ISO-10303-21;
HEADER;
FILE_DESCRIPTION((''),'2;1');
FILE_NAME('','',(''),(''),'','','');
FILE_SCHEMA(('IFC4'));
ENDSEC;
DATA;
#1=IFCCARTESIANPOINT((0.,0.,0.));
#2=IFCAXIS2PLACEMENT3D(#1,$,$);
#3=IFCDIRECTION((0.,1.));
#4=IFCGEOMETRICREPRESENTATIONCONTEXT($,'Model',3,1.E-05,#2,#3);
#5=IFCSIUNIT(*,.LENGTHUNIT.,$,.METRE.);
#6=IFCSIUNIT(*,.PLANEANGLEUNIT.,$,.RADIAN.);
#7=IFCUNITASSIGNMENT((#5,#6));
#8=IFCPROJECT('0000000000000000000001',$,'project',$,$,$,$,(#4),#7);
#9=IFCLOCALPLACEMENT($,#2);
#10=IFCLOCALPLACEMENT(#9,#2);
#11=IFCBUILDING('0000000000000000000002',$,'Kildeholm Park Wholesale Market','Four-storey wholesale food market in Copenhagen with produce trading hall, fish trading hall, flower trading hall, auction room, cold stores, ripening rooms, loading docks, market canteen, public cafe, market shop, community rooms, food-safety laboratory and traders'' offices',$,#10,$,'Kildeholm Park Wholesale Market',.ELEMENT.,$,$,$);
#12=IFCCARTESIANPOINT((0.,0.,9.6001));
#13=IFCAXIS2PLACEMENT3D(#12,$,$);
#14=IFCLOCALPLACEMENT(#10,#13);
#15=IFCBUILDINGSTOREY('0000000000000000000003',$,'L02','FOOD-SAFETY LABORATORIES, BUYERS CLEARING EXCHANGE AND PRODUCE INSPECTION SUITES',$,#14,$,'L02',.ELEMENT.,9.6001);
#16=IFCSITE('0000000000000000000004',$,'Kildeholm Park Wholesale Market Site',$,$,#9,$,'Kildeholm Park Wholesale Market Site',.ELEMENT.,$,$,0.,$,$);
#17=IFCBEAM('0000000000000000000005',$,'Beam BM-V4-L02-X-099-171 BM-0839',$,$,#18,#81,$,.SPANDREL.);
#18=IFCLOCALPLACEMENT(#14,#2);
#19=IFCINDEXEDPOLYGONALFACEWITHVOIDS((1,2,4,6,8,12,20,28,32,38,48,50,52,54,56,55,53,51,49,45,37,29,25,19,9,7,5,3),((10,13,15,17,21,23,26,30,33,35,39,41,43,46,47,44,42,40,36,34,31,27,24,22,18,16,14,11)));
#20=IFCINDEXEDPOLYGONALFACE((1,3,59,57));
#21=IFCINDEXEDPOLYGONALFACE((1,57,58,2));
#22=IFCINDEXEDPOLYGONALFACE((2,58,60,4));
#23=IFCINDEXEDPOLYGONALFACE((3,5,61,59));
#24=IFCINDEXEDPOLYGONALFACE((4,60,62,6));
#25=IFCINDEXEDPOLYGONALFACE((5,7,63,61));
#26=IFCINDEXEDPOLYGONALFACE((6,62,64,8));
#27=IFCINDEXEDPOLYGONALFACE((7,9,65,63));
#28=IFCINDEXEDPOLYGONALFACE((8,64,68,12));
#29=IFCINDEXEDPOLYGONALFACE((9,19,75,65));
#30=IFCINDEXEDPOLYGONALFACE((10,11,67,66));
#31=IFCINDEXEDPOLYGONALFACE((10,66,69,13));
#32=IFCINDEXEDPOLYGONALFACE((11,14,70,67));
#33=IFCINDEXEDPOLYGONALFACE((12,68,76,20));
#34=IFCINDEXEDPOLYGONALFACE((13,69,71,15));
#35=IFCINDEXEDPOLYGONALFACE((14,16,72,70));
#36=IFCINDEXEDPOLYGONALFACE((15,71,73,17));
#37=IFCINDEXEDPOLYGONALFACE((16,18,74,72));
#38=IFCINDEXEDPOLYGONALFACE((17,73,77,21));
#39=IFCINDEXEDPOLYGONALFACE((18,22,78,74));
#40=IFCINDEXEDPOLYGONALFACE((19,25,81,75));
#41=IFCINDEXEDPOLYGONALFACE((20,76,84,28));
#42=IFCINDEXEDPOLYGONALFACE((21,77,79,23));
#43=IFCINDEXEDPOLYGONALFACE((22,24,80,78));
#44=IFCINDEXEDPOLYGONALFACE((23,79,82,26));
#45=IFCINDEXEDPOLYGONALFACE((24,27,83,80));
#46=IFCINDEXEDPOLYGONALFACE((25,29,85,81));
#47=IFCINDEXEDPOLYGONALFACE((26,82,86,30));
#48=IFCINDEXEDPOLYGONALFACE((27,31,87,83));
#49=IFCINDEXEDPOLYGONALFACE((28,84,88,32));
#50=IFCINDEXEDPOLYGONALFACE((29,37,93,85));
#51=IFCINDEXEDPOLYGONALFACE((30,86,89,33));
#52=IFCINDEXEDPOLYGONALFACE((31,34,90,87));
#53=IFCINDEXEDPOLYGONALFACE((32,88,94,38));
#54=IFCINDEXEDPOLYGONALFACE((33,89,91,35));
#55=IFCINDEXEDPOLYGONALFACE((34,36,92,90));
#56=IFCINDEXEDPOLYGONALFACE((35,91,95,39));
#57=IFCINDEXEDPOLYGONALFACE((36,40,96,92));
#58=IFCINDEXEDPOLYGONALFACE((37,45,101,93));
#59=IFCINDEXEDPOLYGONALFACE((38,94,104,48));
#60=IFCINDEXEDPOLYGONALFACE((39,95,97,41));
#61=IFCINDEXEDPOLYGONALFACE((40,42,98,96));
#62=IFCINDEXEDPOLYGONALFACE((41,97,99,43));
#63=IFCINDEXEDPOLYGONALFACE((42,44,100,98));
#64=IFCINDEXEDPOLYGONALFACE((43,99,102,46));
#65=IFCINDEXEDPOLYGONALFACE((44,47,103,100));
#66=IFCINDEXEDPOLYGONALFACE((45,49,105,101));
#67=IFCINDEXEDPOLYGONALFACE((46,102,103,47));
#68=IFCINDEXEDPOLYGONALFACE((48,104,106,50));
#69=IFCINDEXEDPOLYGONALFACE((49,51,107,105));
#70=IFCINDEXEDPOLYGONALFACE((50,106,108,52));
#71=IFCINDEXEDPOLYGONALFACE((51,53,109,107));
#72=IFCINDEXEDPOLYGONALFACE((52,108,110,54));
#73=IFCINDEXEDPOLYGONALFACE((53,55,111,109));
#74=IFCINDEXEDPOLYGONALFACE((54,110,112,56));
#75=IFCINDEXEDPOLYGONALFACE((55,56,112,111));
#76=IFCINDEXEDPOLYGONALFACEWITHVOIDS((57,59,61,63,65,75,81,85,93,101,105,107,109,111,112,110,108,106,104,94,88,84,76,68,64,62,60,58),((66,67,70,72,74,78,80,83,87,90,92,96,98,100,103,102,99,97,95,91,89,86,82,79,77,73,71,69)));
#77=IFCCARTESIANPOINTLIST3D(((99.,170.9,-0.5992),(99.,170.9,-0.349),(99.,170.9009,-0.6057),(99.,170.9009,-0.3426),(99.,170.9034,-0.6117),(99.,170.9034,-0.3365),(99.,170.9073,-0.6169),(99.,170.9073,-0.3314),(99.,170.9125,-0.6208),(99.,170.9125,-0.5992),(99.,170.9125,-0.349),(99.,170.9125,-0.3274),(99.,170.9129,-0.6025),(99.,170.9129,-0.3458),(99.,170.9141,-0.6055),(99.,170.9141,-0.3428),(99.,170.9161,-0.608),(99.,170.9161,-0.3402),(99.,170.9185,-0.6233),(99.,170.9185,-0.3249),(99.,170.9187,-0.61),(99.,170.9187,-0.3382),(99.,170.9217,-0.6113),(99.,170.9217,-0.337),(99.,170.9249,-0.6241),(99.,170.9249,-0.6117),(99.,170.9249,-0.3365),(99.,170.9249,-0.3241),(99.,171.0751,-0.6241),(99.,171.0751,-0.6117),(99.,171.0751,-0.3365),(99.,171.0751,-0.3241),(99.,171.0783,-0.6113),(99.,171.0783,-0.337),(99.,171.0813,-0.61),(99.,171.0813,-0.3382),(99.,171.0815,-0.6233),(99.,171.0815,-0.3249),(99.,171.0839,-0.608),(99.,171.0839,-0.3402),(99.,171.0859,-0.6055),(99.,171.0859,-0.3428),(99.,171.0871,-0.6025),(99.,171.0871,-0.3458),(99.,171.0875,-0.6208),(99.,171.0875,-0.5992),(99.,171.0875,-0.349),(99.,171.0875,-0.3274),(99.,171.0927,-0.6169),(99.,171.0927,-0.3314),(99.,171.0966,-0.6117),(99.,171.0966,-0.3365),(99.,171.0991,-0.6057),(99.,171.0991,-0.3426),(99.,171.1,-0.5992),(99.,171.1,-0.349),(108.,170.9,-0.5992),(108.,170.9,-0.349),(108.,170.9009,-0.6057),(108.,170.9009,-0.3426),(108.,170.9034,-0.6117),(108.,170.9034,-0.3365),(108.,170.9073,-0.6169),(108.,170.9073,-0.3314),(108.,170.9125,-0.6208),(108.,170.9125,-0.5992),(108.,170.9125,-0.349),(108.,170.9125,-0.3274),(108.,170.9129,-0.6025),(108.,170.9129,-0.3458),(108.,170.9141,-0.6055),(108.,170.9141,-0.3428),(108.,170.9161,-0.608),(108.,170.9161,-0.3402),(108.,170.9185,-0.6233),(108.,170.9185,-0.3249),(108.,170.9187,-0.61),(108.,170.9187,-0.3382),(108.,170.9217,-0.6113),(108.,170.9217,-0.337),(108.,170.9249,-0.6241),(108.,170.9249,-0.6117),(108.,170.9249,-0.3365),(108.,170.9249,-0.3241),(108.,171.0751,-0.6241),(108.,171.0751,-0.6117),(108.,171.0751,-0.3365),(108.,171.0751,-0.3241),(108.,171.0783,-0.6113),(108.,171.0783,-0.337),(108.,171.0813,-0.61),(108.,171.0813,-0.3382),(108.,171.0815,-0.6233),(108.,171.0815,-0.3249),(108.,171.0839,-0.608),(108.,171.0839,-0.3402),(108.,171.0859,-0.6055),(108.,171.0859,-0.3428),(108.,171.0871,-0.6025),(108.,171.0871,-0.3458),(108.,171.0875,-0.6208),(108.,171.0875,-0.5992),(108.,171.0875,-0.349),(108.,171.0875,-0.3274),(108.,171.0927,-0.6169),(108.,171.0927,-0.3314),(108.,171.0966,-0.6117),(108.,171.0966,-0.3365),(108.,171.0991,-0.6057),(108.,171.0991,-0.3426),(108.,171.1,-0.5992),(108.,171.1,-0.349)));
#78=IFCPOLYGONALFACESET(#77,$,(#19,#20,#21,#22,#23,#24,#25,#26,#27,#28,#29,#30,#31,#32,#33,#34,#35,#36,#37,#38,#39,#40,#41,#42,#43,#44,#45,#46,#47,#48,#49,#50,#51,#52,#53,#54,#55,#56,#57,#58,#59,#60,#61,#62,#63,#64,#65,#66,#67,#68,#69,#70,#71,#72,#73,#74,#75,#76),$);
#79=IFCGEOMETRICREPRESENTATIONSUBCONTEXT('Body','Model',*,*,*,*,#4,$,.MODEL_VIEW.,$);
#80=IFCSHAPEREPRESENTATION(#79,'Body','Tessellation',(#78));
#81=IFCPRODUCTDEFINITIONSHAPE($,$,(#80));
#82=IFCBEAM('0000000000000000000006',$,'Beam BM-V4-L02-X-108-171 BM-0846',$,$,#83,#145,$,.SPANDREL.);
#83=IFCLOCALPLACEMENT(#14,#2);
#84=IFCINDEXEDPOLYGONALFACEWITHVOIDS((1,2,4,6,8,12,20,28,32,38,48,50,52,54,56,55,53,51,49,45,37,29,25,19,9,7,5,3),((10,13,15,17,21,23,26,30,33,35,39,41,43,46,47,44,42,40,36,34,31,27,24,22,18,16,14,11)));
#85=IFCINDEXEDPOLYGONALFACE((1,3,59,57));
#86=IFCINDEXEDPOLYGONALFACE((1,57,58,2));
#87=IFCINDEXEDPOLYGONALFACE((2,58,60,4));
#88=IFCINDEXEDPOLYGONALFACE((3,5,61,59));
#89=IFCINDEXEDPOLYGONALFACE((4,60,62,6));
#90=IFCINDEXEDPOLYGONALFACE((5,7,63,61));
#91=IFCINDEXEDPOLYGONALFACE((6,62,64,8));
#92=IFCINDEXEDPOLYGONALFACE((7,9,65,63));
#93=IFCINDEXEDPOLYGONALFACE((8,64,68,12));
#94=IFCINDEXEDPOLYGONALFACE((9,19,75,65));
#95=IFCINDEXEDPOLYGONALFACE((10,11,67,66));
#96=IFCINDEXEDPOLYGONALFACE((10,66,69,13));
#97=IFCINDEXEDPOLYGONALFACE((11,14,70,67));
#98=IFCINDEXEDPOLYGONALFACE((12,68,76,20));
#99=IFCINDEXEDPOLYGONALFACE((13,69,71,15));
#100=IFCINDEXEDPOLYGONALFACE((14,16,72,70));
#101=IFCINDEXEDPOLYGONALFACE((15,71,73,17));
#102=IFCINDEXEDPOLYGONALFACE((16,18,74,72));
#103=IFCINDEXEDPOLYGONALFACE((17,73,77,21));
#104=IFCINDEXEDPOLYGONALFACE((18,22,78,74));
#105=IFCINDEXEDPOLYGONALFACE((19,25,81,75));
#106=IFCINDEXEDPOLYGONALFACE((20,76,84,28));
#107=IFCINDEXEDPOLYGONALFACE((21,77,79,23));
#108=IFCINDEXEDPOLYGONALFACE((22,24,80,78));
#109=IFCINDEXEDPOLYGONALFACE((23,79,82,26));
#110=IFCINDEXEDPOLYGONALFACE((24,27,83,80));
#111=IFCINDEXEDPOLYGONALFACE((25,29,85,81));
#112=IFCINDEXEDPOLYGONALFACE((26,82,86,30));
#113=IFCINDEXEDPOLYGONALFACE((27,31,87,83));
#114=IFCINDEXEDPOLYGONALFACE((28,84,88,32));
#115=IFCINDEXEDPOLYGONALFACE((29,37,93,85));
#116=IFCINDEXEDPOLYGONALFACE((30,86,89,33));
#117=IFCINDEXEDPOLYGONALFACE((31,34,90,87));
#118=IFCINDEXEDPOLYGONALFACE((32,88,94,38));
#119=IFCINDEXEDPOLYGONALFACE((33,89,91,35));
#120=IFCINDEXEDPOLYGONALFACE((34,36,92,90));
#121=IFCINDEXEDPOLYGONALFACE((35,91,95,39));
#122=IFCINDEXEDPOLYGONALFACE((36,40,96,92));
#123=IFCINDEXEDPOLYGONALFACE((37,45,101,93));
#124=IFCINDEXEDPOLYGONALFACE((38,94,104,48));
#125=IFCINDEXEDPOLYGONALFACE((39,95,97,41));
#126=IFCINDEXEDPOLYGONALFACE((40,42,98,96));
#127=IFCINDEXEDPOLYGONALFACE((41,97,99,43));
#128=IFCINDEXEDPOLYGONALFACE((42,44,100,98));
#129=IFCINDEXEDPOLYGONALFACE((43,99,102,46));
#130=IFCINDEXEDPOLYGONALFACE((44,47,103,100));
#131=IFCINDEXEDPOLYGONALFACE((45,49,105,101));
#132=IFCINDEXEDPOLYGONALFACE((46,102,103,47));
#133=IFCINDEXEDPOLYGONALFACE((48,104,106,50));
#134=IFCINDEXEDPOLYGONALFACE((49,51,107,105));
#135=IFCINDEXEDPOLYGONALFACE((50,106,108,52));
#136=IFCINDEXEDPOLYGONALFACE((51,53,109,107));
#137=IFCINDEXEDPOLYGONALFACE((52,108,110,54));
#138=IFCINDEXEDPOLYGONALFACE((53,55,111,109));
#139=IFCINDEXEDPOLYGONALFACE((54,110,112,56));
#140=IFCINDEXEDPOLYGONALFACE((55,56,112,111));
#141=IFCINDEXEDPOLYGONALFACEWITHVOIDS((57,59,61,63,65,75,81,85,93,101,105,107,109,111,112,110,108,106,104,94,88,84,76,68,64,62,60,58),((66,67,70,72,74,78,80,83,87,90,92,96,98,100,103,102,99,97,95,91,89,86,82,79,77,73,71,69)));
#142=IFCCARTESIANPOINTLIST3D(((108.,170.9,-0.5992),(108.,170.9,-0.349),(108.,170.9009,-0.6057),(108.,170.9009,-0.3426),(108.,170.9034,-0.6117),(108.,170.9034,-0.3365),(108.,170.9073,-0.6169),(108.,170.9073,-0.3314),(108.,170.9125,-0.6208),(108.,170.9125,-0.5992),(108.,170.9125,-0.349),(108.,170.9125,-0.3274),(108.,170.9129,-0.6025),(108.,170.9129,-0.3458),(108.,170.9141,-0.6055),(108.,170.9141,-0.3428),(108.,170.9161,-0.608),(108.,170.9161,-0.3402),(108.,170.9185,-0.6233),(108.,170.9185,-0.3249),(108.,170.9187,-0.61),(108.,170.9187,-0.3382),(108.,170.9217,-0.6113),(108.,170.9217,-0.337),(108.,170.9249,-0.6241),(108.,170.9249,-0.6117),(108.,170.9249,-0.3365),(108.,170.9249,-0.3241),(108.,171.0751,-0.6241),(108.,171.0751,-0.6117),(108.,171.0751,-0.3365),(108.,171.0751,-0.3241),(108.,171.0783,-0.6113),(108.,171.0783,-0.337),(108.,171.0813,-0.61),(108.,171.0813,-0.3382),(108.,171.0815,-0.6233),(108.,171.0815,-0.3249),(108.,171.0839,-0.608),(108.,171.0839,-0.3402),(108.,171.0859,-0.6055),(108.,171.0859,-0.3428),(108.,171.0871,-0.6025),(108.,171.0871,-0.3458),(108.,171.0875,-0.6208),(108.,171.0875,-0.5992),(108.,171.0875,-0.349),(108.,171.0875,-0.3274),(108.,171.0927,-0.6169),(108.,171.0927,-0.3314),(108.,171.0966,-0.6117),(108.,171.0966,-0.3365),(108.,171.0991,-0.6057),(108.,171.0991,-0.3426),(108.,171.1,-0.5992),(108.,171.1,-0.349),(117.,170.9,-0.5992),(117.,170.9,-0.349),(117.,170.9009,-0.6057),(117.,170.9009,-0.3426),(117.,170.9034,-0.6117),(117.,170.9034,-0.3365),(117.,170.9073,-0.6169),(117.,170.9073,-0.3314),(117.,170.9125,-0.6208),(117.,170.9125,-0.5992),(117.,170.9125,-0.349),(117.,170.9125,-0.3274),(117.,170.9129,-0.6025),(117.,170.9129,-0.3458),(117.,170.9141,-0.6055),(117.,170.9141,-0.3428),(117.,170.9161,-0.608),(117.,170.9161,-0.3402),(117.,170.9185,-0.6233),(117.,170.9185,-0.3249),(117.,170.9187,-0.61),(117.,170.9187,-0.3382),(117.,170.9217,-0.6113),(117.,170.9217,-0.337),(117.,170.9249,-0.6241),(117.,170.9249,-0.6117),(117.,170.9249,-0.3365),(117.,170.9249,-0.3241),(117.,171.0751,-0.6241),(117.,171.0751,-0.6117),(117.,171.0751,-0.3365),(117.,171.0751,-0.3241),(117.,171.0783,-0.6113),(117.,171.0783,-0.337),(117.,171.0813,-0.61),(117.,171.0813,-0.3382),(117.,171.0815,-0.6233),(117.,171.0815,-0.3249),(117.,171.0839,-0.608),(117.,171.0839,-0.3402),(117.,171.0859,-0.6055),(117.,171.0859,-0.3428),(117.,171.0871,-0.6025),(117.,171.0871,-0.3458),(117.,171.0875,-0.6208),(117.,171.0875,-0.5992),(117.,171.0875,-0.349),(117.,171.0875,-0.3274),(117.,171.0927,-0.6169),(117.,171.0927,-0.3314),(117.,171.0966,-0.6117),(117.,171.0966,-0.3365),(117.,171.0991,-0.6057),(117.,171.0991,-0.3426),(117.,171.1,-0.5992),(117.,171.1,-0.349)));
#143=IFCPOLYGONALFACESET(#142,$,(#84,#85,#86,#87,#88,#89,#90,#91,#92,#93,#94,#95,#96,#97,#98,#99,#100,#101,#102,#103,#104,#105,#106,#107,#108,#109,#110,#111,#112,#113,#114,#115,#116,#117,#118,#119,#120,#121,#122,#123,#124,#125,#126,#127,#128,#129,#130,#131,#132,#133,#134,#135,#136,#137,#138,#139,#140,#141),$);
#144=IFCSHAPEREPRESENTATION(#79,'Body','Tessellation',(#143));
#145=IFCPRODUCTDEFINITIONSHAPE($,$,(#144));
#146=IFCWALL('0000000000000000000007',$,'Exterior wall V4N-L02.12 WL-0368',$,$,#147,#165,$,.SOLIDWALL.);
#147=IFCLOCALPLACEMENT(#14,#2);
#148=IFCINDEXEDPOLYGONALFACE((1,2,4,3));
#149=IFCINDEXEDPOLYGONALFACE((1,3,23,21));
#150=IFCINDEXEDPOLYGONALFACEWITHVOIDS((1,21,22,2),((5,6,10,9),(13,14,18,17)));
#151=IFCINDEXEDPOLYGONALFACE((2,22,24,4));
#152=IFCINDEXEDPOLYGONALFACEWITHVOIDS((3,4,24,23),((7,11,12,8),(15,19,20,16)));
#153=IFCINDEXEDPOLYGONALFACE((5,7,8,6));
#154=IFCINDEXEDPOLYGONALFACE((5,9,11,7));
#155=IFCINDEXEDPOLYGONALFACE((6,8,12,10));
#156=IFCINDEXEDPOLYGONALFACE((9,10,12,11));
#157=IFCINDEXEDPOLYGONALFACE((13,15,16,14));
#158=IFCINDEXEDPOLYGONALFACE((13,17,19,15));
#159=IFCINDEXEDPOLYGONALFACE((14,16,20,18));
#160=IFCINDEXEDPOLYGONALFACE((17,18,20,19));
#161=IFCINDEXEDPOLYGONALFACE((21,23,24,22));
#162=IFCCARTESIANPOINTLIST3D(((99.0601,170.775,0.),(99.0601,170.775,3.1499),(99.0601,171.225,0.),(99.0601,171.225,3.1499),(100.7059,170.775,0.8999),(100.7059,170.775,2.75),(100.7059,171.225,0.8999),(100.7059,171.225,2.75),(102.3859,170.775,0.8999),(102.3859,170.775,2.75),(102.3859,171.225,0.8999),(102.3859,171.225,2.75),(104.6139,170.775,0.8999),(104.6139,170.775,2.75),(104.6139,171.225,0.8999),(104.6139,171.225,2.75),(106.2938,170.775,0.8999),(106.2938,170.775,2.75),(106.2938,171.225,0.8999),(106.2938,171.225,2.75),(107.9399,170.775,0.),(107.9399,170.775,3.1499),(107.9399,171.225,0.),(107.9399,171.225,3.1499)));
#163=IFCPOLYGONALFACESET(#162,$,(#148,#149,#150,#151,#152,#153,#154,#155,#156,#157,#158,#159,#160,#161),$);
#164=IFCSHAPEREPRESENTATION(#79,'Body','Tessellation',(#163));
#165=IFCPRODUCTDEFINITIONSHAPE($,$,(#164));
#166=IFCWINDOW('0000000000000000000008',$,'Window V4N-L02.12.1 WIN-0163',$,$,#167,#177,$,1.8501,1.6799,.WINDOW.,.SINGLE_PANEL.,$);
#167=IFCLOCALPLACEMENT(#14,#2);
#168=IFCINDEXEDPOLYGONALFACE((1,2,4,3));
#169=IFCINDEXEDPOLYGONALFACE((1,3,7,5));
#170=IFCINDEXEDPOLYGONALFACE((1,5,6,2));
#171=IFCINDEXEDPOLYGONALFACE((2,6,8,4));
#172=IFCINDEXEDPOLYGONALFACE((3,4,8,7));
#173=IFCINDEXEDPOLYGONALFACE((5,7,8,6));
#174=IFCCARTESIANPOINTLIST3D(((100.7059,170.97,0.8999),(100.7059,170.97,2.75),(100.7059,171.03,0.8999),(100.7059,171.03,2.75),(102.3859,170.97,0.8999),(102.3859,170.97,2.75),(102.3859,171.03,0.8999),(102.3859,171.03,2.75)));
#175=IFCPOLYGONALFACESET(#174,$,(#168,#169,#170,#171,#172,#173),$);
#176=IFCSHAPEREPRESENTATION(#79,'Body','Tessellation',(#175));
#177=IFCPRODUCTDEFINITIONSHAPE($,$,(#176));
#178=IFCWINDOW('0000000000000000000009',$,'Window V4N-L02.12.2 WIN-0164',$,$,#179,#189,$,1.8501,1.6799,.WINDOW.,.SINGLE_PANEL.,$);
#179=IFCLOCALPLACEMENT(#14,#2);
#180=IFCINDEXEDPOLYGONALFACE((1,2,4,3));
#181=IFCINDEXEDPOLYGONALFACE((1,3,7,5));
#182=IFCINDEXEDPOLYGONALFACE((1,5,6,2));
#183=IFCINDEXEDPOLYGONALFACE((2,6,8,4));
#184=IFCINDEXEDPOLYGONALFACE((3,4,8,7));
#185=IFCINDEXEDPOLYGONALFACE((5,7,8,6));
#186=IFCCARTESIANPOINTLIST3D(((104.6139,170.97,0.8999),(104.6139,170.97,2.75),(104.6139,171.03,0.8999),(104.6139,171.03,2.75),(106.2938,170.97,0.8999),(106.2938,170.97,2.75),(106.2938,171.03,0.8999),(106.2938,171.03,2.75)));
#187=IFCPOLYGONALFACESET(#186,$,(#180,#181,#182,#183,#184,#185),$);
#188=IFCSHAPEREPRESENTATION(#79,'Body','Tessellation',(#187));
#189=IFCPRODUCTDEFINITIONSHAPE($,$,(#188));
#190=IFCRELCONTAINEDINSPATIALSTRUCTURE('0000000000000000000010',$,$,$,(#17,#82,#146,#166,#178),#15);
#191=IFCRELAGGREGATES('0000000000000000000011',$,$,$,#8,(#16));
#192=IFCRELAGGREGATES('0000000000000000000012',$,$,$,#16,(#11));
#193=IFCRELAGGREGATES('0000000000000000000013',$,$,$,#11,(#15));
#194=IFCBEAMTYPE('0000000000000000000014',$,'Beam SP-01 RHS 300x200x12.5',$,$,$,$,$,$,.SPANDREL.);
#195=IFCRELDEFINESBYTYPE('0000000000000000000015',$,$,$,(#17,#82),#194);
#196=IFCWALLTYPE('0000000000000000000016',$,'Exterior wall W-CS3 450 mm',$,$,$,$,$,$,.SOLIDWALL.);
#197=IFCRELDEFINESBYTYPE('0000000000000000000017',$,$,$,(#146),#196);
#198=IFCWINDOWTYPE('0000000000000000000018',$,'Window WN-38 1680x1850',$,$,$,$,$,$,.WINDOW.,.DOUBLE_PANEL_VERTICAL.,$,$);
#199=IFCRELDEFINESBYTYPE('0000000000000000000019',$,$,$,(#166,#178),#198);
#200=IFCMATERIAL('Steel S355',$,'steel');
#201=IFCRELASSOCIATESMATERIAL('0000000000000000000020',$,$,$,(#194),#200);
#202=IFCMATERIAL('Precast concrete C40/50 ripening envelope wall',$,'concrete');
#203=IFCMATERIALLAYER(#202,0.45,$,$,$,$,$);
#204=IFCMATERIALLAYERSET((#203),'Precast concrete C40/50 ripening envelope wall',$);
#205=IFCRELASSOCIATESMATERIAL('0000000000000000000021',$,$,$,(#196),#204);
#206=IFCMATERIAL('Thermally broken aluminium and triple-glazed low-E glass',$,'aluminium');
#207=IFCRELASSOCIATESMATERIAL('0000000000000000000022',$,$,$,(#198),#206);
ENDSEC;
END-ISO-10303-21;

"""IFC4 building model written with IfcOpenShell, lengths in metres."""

from ifc_helpers import new_model, si_unit, direction, frame, frame_2d, origin, origin_2d, place, context, subcontext, project, spatial, rectangle, hollow_rectangle, extrude, material, layer, layer_set, material_profile, profile_set, type_object, element, fill, save


model = new_model("IFC4")

# Units and contexts
model_context = context("Model", 3, precision=1e-05, world=origin(), true_north=direction((0.0, 1.0)))
body_context = subcontext(model_context, "Body", "Model", "MODEL_VIEW")
ifc_project = project(units=[si_unit("LENGTHUNIT", "METRE"), si_unit("PLANEANGLEUNIT", "RADIAN")], contexts=[model_context])

# Site, building, storey
site_placement = place(None, origin())
site = spatial("IfcSite", under=ifc_project, at=site_placement, Name="Kildeholm Park Wholesale Market Site", LongName="Kildeholm Park Wholesale Market Site", CompositionType="ELEMENT", RefElevation=0.0)
building_placement = place(site_placement, origin())
building = spatial("IfcBuilding", under=site, at=building_placement, Name="Kildeholm Park Wholesale Market", Description="Four-storey wholesale food market in Copenhagen with produce trading hall, fish trading hall, flower trading hall, auction room, cold stores, ripening rooms, loading docks, market canteen, public cafe, market shop, community rooms, food-safety laboratory and traders' offices", LongName="Kildeholm Park Wholesale Market", CompositionType="ELEMENT")
storey_placement = place(building_placement, frame((0.0, 0.0, 9.6001)))
storey = spatial("IfcBuildingStorey", under=building, at=storey_placement, Name="L02", Description="FOOD-SAFETY LABORATORIES, BUYERS CLEARING EXCHANGE AND PRODUCE INSPECTION SUITES", LongName="L02", CompositionType="ELEMENT", Elevation=9.6001)

# Beams
ifc_material_1 = material(Name="Steel S355", Category="steel")
ifc_material_profile_1 = material_profile(ifc_material_1, hollow_rectangle(XDim=0.2, YDim=0.3, WallThickness=0.0125, InnerFilletRadius=0.0125, OuterFilletRadius=0.0249, at=origin_2d()), Name="RHS 300x200x12.5")
ifc_profile_set_1 = profile_set([ifc_material_profile_1], Name="Steel S355")
beam_type_1 = type_object("IfcBeamType", Name="Beam SP-01 RHS 300x200x12.5", PredefinedType="SPANDREL", material=ifc_profile_set_1)
for number, where, z_axis, x_axis, name in (
    (1, (99.0, 171.0, -0.4741), (1.0, 0.0, 0.0), (0.0, 1.0, 0.0), "Beam BM-V4-L02-X-099-171 BM-0839"),
    (2, (108.0, 171.0, -0.4741), (1.0, 0.0, 0.0), (0.0, 1.0, 0.0), "Beam BM-V4-L02-X-108-171 BM-0846"),
):
    element("IfcBeam", number, at=place(storey_placement, frame(where, z_axis=z_axis, x_axis=x_axis)), inside=storey, type_object=beam_type_1, Name=name, PredefinedType="SPANDREL", context=body_context, shape_type="SweptSolid", body=[
        extrude(hollow_rectangle(XDim=0.2, YDim=0.3, WallThickness=0.0125, InnerFilletRadius=0.0125, OuterFilletRadius=0.0249, at=origin_2d()), origin(), (0.0, 0.0, 1.0), 9.0),
    ])

# Wall, openings, windows
ifc_material_2 = material(Name="Precast concrete C40/50 ripening envelope wall", Category="concrete")
ifc_layer = layer(ifc_material_2, 0.45)
ifc_layer_set = layer_set([ifc_layer], Name="Precast concrete C40/50 ripening envelope wall")
wall_type = type_object("IfcWallType", Name="Exterior wall W-CS3 450 mm", PredefinedType="SOLIDWALL", material=ifc_layer_set)
wall_1_placement = place(storey_placement, frame((99.0601, 171.0, 0.0), z_axis=(0.0, 0.0, 1.0), x_axis=(1.0, 0.0, 0.0)))
wall_1 = element("IfcWall", 3, at=wall_1_placement, inside=storey, type_object=wall_type, Name="Exterior wall V4N-L02.12 WL-0368", PredefinedType="SOLIDWALL", context=body_context, shape_type="SweptSolid", body=[
    extrude(rectangle(XDim=8.8799, YDim=0.45, at=frame_2d((4.4399, 0.0))), origin(), (0.0, 0.0, 1.0), 3.1499),
])
opening_1_placement = place(wall_1_placement, frame((1.646, 0.0, 0.8999)))
opening_1 = element("IfcOpeningElement", 4, at=opening_1_placement, cuts=wall_1, PredefinedType="OPENING", context=body_context, shape_type="SweptSolid", body=[
    extrude(rectangle(XDim=1.6799, YDim=1.8501, at=frame_2d((0.8398, 0.925))), frame((0.0, 0.2349, 0.0), z_axis=(0.0, -1.0, 0.0), x_axis=(1.0, 0.0, 0.0)), (0.0, 0.0, 1.0), 0.47),
])
opening_2_placement = place(wall_1_placement, frame((5.554, 0.0, 0.8999)))
opening_2 = element("IfcOpeningElement", 5, at=opening_2_placement, cuts=wall_1, PredefinedType="OPENING", context=body_context, shape_type="SweptSolid", body=[
    extrude(rectangle(XDim=1.6799, YDim=1.8501, at=frame_2d((0.8398, 0.925))), frame((0.0, 0.2349, 0.0), z_axis=(0.0, -1.0, 0.0), x_axis=(1.0, 0.0, 0.0)), (0.0, 0.0, 1.0), 0.47),
])
ifc_material_3 = material(Name="Thermally broken aluminium and triple-glazed low-E glass", Category="aluminium")
window_type_1 = type_object("IfcWindowType", Name="Window WN-38 1680x1850", PartitioningType="DOUBLE_PANEL_VERTICAL", PredefinedType="WINDOW", material=ifc_material_3)
window_1_placement = place(opening_1_placement, origin())
window_1 = element("IfcWindow", 6, at=window_1_placement, inside=storey, type_object=window_type_1, Name="Window V4N-L02.12.1 WIN-0163", OverallHeight=1.8501, OverallWidth=1.6799, PartitioningType="SINGLE_PANEL", PredefinedType="WINDOW", context=body_context, shape_type="SweptSolid", body=[
    extrude(rectangle(XDim=1.6799, YDim=1.8501, at=frame_2d((0.8398, 0.925))), frame((0.0, 0.03, 0.0), z_axis=(0.0, -1.0, 0.0), x_axis=(1.0, 0.0, 0.0)), (0.0, 0.0, 1.0), 0.0601),
])
fill(opening_1, window_1)
window_2_placement = place(opening_2_placement, origin())
window_2 = element("IfcWindow", 7, at=window_2_placement, inside=storey, type_object=window_type_1, Name="Window V4N-L02.12.2 WIN-0164", OverallHeight=1.8501, OverallWidth=1.6799, PartitioningType="SINGLE_PANEL", PredefinedType="WINDOW", context=body_context, shape_type="SweptSolid", body=[
    extrude(rectangle(XDim=1.6799, YDim=1.8501, at=frame_2d((0.8398, 0.925))), frame((0.0, 0.03, 0.0), z_axis=(0.0, -1.0, 0.0), x_axis=(1.0, 0.0, 0.0)), (0.0, 0.0, 1.0), 0.0601),
])
fill(opening_2, window_2)

save(model, "model.ifc")
